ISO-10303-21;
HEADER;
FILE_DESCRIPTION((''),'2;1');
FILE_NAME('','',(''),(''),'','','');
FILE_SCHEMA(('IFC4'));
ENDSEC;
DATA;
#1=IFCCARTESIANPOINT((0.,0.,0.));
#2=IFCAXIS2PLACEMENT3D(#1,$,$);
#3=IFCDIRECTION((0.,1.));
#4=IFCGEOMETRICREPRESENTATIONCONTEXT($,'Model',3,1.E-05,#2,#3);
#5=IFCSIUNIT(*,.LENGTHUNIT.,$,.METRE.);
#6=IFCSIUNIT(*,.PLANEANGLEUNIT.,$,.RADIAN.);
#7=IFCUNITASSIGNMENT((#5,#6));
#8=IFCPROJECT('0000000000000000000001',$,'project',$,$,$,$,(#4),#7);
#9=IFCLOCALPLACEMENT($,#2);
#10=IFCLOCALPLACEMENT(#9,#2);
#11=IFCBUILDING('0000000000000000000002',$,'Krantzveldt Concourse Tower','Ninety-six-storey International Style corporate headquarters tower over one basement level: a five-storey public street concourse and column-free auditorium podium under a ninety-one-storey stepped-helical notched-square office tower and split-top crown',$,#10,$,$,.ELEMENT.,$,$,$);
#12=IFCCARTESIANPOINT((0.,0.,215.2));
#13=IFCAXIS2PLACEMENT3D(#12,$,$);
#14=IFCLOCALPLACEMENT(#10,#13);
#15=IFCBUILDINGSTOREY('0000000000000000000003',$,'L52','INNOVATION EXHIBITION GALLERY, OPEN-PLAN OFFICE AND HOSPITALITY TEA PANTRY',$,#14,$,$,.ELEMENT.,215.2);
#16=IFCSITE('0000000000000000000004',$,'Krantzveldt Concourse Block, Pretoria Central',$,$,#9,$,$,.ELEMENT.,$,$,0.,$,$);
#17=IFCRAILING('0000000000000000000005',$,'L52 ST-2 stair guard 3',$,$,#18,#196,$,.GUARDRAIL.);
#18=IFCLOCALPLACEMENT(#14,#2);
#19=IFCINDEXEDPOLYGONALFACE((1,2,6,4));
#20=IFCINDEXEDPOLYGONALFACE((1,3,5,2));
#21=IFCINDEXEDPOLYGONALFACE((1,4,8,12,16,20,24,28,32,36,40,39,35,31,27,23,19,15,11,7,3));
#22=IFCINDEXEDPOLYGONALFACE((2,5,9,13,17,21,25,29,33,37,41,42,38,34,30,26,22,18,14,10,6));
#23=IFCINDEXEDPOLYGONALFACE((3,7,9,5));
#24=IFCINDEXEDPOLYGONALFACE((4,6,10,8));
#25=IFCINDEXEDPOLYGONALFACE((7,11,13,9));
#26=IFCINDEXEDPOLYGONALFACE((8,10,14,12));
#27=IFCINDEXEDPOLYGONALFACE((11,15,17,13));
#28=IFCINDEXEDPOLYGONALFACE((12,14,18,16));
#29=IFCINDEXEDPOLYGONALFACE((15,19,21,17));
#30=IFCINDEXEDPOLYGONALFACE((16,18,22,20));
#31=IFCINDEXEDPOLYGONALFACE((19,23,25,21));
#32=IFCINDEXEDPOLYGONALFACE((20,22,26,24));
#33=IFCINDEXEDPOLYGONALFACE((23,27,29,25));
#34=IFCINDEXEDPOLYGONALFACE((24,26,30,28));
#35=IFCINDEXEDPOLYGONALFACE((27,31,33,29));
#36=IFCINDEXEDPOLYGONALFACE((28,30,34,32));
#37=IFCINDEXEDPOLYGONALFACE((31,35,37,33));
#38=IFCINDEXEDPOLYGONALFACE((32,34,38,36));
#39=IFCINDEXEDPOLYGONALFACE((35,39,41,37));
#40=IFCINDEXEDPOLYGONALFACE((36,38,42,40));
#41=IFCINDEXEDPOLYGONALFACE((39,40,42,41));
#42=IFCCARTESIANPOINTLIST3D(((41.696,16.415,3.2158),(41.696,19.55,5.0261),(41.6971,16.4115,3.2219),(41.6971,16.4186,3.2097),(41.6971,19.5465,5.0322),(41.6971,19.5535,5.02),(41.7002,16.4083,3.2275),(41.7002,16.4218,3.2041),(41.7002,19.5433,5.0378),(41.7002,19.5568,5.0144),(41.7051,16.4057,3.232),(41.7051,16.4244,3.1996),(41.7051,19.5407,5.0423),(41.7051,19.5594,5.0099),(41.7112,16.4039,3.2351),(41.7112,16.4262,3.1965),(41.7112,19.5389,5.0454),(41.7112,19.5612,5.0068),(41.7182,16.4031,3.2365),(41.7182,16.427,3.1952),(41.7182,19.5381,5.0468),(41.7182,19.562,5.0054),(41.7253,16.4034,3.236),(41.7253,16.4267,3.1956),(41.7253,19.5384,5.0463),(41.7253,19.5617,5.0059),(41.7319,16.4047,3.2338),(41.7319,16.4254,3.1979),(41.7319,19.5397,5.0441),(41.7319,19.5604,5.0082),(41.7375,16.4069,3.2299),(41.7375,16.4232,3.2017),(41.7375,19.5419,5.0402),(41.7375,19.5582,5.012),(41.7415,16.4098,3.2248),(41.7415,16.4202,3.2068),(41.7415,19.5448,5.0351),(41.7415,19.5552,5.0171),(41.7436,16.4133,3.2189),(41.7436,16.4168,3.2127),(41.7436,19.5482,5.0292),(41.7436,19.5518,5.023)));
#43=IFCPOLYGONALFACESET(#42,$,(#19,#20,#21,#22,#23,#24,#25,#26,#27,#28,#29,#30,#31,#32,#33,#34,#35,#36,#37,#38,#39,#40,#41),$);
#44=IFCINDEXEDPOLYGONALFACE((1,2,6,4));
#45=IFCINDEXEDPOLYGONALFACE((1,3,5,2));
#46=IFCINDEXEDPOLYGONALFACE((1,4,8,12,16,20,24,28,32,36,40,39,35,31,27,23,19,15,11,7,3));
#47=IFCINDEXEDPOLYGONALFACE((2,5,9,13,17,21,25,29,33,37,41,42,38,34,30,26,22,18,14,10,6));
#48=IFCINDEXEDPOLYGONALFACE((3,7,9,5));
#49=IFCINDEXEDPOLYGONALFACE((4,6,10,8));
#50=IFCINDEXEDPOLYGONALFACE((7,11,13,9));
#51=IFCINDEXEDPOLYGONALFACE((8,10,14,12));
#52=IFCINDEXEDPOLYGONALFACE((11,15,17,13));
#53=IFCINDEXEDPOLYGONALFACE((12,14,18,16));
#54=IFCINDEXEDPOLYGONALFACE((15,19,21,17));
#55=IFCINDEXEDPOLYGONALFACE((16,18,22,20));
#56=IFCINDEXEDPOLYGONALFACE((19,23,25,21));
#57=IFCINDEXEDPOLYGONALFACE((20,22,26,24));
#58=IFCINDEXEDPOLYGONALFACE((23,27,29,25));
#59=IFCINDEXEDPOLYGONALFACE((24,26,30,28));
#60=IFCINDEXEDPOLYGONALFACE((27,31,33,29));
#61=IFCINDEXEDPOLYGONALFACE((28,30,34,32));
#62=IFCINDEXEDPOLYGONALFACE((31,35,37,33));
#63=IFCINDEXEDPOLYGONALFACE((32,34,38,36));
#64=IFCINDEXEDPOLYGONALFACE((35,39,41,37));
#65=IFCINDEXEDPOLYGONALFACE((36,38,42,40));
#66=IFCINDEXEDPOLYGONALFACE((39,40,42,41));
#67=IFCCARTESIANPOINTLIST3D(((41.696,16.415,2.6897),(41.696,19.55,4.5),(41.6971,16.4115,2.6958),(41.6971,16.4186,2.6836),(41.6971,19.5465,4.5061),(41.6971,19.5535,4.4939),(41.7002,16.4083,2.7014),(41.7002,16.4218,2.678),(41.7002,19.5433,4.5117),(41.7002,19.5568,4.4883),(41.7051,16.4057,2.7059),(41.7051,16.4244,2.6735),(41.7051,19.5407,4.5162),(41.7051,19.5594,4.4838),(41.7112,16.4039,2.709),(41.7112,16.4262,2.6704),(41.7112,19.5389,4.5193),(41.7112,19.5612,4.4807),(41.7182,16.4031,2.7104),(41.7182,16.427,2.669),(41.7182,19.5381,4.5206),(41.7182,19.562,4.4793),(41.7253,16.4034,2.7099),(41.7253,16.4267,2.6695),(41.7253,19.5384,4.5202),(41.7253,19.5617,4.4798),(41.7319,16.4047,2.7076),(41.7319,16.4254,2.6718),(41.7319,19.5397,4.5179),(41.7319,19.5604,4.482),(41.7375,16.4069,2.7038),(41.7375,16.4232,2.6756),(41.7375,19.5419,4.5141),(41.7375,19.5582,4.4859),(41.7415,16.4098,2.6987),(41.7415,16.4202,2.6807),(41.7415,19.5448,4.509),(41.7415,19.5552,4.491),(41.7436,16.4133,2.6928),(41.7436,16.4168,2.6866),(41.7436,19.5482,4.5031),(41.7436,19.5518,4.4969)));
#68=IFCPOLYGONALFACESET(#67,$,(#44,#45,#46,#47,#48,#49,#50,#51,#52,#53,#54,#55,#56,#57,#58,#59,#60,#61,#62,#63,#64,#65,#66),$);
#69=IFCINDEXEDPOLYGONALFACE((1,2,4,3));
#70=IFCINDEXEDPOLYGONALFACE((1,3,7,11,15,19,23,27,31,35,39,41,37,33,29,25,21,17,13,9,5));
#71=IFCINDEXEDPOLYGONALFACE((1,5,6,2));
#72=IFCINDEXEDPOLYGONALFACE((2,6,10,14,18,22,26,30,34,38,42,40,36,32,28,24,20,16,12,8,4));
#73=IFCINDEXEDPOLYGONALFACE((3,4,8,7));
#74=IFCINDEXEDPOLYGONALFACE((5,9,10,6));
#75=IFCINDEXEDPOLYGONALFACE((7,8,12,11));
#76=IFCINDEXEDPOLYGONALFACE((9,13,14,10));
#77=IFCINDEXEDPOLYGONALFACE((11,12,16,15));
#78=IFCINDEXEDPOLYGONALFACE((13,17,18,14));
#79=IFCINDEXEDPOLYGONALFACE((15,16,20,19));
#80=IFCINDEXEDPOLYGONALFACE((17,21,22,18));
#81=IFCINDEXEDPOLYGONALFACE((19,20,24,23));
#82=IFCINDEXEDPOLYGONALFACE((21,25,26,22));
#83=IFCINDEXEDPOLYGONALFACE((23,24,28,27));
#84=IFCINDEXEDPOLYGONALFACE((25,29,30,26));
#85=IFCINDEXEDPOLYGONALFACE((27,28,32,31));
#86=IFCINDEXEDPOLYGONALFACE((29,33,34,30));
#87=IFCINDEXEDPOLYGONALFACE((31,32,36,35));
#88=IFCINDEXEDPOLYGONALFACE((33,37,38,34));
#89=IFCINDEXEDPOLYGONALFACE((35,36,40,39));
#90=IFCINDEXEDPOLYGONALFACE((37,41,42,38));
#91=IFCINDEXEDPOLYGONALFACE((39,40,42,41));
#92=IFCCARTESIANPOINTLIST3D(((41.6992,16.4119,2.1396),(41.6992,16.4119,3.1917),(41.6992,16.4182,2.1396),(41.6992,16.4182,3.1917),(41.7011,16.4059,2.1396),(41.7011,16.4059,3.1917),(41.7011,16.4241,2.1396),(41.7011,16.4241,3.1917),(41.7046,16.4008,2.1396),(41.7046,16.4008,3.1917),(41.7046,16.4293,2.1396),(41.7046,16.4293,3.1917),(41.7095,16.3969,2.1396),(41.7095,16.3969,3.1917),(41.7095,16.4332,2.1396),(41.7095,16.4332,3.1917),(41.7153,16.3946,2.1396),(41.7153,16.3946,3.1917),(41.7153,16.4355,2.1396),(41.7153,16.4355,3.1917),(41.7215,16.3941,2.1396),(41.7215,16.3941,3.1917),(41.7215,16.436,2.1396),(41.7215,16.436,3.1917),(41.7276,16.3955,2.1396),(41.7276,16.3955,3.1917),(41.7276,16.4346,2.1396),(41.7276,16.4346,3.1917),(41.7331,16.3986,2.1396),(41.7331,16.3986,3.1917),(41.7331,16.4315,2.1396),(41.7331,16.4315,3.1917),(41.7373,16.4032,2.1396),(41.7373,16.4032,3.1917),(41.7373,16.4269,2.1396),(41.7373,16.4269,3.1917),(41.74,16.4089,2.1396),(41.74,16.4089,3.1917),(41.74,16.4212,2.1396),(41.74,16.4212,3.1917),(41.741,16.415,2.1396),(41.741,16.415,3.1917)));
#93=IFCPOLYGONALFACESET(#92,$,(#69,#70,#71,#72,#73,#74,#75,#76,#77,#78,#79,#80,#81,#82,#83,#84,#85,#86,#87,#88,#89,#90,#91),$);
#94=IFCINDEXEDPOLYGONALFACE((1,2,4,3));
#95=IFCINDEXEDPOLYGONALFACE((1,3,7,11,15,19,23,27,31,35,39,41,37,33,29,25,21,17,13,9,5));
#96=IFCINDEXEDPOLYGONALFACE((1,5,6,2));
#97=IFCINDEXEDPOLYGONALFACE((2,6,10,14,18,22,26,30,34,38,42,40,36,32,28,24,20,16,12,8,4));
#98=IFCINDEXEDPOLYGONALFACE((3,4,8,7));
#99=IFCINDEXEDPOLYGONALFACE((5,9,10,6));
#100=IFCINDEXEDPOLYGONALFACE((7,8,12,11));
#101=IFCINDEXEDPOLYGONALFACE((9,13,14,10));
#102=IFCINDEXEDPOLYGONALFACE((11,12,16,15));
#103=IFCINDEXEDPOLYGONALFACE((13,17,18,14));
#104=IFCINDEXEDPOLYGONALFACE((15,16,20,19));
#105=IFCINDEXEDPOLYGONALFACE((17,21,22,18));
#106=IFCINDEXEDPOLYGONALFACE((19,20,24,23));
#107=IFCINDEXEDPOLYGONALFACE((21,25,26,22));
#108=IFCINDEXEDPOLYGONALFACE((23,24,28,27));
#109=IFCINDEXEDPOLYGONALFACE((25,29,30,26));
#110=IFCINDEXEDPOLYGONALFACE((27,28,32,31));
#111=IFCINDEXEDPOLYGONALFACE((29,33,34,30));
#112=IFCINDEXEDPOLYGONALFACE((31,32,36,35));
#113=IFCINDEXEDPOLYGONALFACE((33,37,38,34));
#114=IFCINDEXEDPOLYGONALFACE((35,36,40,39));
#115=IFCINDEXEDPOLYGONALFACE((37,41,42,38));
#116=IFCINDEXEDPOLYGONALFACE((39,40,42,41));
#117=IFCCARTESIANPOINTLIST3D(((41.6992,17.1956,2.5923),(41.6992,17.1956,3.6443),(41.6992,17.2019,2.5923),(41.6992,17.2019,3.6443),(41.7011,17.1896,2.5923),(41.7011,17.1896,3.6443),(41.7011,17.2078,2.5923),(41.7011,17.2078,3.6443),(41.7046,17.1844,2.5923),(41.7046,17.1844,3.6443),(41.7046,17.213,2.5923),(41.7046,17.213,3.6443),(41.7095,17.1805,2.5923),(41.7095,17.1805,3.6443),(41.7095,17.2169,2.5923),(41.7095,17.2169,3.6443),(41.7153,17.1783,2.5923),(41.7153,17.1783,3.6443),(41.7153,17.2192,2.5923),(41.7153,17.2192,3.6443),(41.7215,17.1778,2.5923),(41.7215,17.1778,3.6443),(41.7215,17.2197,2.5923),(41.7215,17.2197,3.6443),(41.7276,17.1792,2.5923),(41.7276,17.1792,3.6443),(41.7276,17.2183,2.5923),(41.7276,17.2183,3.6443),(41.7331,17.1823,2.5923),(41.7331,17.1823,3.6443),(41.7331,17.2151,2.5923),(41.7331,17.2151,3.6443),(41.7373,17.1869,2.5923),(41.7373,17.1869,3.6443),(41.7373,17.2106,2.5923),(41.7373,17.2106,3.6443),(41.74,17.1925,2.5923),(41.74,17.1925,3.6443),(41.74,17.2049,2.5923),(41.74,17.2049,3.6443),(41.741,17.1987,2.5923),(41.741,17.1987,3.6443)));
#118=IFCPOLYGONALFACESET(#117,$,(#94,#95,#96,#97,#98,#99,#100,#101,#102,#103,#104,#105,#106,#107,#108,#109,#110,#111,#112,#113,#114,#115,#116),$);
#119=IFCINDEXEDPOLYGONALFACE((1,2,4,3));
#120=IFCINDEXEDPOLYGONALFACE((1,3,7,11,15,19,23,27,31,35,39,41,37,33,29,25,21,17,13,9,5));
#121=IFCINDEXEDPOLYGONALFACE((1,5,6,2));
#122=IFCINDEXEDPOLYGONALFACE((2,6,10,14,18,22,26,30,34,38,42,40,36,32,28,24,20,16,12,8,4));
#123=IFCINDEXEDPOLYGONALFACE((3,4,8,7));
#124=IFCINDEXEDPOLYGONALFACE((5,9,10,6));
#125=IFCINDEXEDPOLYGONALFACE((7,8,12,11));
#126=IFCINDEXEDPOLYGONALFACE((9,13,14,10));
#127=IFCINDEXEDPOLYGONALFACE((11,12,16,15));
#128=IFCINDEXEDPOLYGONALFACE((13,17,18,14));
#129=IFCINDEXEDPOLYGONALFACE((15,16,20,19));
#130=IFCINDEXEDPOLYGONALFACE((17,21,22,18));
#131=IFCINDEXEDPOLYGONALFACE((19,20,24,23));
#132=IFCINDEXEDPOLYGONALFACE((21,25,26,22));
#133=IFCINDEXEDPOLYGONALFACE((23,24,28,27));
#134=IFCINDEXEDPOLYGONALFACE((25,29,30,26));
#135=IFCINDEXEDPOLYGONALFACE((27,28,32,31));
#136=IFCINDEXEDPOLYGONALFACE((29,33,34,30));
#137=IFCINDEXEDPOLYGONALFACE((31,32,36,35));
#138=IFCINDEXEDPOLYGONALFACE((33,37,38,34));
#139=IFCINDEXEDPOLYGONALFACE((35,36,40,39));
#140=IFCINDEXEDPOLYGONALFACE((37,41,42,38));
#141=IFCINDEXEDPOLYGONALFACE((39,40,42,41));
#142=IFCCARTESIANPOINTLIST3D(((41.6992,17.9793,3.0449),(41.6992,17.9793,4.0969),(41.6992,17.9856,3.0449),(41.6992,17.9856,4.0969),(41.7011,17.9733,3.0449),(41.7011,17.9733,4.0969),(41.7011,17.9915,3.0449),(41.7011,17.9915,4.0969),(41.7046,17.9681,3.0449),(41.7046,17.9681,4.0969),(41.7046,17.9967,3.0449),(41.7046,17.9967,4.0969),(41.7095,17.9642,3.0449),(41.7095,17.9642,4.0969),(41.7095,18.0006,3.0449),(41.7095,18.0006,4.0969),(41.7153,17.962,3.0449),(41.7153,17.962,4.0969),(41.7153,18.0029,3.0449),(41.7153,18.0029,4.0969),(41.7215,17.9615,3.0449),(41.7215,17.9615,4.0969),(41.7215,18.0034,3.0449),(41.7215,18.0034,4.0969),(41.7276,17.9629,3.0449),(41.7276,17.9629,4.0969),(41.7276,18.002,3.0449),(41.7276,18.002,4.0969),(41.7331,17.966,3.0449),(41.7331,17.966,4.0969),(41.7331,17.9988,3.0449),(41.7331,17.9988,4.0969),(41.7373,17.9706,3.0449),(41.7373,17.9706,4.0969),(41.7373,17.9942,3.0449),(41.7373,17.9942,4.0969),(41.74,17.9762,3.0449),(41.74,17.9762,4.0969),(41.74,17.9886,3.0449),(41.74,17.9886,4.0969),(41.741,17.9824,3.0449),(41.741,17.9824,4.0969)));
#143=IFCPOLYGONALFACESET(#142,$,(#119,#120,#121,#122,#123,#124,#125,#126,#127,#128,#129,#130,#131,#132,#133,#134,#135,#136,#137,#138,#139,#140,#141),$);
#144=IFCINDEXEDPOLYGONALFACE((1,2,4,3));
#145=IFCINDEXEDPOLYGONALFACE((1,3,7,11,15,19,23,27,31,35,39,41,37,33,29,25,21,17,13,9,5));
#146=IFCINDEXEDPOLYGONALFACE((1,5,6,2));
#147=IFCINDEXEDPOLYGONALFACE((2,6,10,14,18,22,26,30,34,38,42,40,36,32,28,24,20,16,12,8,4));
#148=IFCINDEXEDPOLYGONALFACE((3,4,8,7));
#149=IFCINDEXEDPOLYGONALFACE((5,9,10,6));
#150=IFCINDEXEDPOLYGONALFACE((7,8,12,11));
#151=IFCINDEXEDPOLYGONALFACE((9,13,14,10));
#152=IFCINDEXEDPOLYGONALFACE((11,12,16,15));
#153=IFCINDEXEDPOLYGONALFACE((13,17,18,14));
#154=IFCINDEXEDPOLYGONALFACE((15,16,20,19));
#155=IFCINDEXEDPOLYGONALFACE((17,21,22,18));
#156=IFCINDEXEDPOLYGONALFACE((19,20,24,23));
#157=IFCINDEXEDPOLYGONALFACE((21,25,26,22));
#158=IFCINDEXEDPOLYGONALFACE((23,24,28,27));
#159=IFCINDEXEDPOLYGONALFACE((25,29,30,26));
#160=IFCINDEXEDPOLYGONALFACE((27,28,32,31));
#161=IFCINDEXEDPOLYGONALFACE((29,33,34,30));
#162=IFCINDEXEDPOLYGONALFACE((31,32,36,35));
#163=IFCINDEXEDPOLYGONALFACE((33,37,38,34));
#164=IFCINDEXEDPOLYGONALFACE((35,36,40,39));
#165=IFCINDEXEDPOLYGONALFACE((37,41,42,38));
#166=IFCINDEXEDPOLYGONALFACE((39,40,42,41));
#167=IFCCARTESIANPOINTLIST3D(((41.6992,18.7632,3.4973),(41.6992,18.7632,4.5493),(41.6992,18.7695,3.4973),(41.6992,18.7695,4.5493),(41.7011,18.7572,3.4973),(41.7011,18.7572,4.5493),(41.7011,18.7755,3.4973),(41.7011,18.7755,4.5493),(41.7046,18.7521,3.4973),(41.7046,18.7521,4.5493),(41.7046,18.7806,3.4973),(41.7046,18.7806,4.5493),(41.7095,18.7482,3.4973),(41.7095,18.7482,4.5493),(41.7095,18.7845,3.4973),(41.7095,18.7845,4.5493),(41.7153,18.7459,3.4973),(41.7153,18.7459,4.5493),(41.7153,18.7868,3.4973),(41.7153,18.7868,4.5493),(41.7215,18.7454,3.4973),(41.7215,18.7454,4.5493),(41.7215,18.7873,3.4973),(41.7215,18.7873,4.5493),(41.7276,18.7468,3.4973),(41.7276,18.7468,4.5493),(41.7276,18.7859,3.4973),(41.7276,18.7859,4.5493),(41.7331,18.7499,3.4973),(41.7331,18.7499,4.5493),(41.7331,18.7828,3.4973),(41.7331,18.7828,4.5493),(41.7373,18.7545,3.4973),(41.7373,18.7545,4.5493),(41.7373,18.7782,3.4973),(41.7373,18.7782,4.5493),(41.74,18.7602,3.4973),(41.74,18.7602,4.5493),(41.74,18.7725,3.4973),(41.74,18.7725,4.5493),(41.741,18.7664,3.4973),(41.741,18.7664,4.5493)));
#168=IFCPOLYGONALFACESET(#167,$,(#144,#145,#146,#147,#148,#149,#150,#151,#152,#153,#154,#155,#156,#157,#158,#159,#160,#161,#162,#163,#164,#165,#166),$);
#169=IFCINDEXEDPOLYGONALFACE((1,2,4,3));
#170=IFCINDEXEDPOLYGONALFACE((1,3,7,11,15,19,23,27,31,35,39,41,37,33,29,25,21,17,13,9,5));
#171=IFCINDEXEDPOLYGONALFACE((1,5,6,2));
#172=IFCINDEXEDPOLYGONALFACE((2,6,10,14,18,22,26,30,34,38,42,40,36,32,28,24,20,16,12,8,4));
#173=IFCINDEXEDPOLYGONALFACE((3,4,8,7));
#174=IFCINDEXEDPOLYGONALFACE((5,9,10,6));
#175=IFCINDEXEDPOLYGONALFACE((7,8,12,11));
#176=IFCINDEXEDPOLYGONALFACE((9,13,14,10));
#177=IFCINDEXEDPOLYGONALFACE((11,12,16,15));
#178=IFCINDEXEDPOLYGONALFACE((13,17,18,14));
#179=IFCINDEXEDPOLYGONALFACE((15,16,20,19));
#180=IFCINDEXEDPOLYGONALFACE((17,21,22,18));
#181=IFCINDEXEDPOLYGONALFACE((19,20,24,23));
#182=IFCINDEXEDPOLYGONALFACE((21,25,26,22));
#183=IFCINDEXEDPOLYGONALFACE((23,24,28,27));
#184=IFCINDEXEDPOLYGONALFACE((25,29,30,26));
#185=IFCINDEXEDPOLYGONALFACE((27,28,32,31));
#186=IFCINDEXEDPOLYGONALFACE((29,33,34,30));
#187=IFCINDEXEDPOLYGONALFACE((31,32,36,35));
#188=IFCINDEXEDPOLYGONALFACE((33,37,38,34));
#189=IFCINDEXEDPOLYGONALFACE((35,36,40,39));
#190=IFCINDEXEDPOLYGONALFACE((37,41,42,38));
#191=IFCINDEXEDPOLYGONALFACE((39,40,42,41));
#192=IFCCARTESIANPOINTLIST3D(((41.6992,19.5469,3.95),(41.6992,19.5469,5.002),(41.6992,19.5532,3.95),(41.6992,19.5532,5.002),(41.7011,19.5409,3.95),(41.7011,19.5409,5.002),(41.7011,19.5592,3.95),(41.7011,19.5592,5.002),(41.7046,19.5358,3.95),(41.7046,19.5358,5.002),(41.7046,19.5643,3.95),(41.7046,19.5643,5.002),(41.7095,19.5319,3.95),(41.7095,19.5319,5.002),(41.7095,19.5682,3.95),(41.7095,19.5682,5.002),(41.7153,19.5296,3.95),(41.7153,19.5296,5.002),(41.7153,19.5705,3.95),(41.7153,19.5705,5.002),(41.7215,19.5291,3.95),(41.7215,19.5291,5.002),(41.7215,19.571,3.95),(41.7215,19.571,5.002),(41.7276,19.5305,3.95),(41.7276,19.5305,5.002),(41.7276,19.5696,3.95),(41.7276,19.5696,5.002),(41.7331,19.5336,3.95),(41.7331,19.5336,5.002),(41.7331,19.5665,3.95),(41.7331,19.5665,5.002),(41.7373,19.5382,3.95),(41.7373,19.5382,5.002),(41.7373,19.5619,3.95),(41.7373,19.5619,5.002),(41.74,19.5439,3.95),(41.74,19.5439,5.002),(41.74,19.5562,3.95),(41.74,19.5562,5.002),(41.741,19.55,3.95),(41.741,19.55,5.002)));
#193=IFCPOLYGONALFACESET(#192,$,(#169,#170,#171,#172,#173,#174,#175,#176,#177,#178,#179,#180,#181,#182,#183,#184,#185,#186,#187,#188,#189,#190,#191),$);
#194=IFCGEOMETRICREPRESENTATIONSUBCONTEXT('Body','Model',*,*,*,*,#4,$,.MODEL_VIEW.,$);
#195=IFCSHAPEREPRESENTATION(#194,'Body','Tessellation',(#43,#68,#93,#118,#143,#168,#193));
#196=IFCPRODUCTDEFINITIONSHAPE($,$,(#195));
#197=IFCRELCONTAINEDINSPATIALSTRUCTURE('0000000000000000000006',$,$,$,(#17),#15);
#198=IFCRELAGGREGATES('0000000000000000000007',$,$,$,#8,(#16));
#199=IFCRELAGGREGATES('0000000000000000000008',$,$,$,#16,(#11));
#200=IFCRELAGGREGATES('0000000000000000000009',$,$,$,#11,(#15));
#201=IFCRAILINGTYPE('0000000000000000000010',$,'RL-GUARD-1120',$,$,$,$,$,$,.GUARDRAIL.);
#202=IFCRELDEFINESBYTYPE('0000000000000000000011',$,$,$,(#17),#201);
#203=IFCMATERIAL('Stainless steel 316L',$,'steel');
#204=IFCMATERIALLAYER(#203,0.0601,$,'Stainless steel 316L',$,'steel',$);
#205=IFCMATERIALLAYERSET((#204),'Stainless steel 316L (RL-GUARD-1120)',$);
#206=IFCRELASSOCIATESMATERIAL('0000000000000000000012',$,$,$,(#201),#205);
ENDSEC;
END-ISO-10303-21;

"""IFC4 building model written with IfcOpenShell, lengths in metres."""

from ifc_helpers import new_model, si_unit, direction, frame, origin, origin_2d, place, context, subcontext, project, spatial, circle, extrude, material, layer, layer_set, type_object, element, save


model = new_model("IFC4")

# Units and contexts
model_context = context("Model", 3, precision=1e-05, world=origin(), true_north=direction((0.0, 1.0)))
body_context = subcontext(model_context, "Body", "Model", "MODEL_VIEW")
ifc_project = project(units=[si_unit("LENGTHUNIT", "METRE"), si_unit("PLANEANGLEUNIT", "RADIAN")], contexts=[model_context])

# Site, building, storey
site_placement = place(None, origin())
site = spatial("IfcSite", under=ifc_project, at=site_placement, Name="Krantzveldt Concourse Block, Pretoria Central", CompositionType="ELEMENT", RefElevation=0.0)
building_placement = place(site_placement, origin())
building = spatial("IfcBuilding", under=site, at=building_placement, Name="Krantzveldt Concourse Tower", Description="Ninety-six-storey International Style corporate headquarters tower over one basement level: a five-storey public street concourse and column-free auditorium podium under a ninety-one-storey stepped-helical notched-square office tower and split-top crown", CompositionType="ELEMENT")
storey_placement = place(building_placement, frame((0.0, 0.0, 215.2)))
storey = spatial("IfcBuildingStorey", under=building, at=storey_placement, Name="L52", Description="INNOVATION EXHIBITION GALLERY, OPEN-PLAN OFFICE AND HOSPITALITY TEA PANTRY", CompositionType="ELEMENT", Elevation=215.2)

# Shared definitions
ifc_material_1 = material(Name="Stainless steel 316L", Category="steel")

# Railing
ifc_layer_1 = layer(ifc_material_1, 0.0601, Name="Stainless steel 316L", Category="steel")
ifc_layer_set_1 = layer_set([ifc_layer_1], Name="Stainless steel 316L (RL-GUARD-1120)")
railing_type_1 = type_object("IfcRailingType", Name="RL-GUARD-1120", PredefinedType="GUARDRAIL", material=ifc_layer_set_1)
railing_1_placement = place(storey_placement, frame((41.72, 16.415, 2.1396)))
element("IfcRailing", 1, at=railing_1_placement, inside=storey, type_object=railing_type_1, Name="L52 ST-2 stair guard 3", PredefinedType="GUARDRAIL", context=body_context, shape_type="SweptSolid", body=[
    extrude(circle(Radius=0.0239, at=origin_2d()), frame((0.0, 0.0, 1.0762), z_axis=(0.0, 0.865989, 0.500063), x_axis=(-1.0, 0.0, 0.0)), (0.0, 0.0, 1.0), 3.6201),
    extrude(circle(Radius=0.0239, at=origin_2d()), frame((0.0, 0.0, 0.55), z_axis=(0.0, 0.865989, 0.500063), x_axis=(-1.0, 0.0, 0.0)), (0.0, 0.0, 1.0), 3.6201),
    extrude(circle(Radius=0.021, at=origin_2d()), origin(), (0.0, 0.0, 1.0), 1.052),
    extrude(circle(Radius=0.021, at=origin_2d()), frame((0.0, 0.7837, 0.4526)), (0.0, 0.0, 1.0), 1.052),
    extrude(circle(Radius=0.021, at=origin_2d()), frame((0.0, 1.5674, 0.9053)), (0.0, 0.0, 1.0), 1.052),
    extrude(circle(Radius=0.021, at=origin_2d()), frame((0.0, 2.3513, 1.3577)), (0.0, 0.0, 1.0), 1.052),
    extrude(circle(Radius=0.021, at=origin_2d()), frame((0.0, 3.135, 1.8103)), (0.0, 0.0, 1.0), 1.052),
])

save(model, "model.ifc")
